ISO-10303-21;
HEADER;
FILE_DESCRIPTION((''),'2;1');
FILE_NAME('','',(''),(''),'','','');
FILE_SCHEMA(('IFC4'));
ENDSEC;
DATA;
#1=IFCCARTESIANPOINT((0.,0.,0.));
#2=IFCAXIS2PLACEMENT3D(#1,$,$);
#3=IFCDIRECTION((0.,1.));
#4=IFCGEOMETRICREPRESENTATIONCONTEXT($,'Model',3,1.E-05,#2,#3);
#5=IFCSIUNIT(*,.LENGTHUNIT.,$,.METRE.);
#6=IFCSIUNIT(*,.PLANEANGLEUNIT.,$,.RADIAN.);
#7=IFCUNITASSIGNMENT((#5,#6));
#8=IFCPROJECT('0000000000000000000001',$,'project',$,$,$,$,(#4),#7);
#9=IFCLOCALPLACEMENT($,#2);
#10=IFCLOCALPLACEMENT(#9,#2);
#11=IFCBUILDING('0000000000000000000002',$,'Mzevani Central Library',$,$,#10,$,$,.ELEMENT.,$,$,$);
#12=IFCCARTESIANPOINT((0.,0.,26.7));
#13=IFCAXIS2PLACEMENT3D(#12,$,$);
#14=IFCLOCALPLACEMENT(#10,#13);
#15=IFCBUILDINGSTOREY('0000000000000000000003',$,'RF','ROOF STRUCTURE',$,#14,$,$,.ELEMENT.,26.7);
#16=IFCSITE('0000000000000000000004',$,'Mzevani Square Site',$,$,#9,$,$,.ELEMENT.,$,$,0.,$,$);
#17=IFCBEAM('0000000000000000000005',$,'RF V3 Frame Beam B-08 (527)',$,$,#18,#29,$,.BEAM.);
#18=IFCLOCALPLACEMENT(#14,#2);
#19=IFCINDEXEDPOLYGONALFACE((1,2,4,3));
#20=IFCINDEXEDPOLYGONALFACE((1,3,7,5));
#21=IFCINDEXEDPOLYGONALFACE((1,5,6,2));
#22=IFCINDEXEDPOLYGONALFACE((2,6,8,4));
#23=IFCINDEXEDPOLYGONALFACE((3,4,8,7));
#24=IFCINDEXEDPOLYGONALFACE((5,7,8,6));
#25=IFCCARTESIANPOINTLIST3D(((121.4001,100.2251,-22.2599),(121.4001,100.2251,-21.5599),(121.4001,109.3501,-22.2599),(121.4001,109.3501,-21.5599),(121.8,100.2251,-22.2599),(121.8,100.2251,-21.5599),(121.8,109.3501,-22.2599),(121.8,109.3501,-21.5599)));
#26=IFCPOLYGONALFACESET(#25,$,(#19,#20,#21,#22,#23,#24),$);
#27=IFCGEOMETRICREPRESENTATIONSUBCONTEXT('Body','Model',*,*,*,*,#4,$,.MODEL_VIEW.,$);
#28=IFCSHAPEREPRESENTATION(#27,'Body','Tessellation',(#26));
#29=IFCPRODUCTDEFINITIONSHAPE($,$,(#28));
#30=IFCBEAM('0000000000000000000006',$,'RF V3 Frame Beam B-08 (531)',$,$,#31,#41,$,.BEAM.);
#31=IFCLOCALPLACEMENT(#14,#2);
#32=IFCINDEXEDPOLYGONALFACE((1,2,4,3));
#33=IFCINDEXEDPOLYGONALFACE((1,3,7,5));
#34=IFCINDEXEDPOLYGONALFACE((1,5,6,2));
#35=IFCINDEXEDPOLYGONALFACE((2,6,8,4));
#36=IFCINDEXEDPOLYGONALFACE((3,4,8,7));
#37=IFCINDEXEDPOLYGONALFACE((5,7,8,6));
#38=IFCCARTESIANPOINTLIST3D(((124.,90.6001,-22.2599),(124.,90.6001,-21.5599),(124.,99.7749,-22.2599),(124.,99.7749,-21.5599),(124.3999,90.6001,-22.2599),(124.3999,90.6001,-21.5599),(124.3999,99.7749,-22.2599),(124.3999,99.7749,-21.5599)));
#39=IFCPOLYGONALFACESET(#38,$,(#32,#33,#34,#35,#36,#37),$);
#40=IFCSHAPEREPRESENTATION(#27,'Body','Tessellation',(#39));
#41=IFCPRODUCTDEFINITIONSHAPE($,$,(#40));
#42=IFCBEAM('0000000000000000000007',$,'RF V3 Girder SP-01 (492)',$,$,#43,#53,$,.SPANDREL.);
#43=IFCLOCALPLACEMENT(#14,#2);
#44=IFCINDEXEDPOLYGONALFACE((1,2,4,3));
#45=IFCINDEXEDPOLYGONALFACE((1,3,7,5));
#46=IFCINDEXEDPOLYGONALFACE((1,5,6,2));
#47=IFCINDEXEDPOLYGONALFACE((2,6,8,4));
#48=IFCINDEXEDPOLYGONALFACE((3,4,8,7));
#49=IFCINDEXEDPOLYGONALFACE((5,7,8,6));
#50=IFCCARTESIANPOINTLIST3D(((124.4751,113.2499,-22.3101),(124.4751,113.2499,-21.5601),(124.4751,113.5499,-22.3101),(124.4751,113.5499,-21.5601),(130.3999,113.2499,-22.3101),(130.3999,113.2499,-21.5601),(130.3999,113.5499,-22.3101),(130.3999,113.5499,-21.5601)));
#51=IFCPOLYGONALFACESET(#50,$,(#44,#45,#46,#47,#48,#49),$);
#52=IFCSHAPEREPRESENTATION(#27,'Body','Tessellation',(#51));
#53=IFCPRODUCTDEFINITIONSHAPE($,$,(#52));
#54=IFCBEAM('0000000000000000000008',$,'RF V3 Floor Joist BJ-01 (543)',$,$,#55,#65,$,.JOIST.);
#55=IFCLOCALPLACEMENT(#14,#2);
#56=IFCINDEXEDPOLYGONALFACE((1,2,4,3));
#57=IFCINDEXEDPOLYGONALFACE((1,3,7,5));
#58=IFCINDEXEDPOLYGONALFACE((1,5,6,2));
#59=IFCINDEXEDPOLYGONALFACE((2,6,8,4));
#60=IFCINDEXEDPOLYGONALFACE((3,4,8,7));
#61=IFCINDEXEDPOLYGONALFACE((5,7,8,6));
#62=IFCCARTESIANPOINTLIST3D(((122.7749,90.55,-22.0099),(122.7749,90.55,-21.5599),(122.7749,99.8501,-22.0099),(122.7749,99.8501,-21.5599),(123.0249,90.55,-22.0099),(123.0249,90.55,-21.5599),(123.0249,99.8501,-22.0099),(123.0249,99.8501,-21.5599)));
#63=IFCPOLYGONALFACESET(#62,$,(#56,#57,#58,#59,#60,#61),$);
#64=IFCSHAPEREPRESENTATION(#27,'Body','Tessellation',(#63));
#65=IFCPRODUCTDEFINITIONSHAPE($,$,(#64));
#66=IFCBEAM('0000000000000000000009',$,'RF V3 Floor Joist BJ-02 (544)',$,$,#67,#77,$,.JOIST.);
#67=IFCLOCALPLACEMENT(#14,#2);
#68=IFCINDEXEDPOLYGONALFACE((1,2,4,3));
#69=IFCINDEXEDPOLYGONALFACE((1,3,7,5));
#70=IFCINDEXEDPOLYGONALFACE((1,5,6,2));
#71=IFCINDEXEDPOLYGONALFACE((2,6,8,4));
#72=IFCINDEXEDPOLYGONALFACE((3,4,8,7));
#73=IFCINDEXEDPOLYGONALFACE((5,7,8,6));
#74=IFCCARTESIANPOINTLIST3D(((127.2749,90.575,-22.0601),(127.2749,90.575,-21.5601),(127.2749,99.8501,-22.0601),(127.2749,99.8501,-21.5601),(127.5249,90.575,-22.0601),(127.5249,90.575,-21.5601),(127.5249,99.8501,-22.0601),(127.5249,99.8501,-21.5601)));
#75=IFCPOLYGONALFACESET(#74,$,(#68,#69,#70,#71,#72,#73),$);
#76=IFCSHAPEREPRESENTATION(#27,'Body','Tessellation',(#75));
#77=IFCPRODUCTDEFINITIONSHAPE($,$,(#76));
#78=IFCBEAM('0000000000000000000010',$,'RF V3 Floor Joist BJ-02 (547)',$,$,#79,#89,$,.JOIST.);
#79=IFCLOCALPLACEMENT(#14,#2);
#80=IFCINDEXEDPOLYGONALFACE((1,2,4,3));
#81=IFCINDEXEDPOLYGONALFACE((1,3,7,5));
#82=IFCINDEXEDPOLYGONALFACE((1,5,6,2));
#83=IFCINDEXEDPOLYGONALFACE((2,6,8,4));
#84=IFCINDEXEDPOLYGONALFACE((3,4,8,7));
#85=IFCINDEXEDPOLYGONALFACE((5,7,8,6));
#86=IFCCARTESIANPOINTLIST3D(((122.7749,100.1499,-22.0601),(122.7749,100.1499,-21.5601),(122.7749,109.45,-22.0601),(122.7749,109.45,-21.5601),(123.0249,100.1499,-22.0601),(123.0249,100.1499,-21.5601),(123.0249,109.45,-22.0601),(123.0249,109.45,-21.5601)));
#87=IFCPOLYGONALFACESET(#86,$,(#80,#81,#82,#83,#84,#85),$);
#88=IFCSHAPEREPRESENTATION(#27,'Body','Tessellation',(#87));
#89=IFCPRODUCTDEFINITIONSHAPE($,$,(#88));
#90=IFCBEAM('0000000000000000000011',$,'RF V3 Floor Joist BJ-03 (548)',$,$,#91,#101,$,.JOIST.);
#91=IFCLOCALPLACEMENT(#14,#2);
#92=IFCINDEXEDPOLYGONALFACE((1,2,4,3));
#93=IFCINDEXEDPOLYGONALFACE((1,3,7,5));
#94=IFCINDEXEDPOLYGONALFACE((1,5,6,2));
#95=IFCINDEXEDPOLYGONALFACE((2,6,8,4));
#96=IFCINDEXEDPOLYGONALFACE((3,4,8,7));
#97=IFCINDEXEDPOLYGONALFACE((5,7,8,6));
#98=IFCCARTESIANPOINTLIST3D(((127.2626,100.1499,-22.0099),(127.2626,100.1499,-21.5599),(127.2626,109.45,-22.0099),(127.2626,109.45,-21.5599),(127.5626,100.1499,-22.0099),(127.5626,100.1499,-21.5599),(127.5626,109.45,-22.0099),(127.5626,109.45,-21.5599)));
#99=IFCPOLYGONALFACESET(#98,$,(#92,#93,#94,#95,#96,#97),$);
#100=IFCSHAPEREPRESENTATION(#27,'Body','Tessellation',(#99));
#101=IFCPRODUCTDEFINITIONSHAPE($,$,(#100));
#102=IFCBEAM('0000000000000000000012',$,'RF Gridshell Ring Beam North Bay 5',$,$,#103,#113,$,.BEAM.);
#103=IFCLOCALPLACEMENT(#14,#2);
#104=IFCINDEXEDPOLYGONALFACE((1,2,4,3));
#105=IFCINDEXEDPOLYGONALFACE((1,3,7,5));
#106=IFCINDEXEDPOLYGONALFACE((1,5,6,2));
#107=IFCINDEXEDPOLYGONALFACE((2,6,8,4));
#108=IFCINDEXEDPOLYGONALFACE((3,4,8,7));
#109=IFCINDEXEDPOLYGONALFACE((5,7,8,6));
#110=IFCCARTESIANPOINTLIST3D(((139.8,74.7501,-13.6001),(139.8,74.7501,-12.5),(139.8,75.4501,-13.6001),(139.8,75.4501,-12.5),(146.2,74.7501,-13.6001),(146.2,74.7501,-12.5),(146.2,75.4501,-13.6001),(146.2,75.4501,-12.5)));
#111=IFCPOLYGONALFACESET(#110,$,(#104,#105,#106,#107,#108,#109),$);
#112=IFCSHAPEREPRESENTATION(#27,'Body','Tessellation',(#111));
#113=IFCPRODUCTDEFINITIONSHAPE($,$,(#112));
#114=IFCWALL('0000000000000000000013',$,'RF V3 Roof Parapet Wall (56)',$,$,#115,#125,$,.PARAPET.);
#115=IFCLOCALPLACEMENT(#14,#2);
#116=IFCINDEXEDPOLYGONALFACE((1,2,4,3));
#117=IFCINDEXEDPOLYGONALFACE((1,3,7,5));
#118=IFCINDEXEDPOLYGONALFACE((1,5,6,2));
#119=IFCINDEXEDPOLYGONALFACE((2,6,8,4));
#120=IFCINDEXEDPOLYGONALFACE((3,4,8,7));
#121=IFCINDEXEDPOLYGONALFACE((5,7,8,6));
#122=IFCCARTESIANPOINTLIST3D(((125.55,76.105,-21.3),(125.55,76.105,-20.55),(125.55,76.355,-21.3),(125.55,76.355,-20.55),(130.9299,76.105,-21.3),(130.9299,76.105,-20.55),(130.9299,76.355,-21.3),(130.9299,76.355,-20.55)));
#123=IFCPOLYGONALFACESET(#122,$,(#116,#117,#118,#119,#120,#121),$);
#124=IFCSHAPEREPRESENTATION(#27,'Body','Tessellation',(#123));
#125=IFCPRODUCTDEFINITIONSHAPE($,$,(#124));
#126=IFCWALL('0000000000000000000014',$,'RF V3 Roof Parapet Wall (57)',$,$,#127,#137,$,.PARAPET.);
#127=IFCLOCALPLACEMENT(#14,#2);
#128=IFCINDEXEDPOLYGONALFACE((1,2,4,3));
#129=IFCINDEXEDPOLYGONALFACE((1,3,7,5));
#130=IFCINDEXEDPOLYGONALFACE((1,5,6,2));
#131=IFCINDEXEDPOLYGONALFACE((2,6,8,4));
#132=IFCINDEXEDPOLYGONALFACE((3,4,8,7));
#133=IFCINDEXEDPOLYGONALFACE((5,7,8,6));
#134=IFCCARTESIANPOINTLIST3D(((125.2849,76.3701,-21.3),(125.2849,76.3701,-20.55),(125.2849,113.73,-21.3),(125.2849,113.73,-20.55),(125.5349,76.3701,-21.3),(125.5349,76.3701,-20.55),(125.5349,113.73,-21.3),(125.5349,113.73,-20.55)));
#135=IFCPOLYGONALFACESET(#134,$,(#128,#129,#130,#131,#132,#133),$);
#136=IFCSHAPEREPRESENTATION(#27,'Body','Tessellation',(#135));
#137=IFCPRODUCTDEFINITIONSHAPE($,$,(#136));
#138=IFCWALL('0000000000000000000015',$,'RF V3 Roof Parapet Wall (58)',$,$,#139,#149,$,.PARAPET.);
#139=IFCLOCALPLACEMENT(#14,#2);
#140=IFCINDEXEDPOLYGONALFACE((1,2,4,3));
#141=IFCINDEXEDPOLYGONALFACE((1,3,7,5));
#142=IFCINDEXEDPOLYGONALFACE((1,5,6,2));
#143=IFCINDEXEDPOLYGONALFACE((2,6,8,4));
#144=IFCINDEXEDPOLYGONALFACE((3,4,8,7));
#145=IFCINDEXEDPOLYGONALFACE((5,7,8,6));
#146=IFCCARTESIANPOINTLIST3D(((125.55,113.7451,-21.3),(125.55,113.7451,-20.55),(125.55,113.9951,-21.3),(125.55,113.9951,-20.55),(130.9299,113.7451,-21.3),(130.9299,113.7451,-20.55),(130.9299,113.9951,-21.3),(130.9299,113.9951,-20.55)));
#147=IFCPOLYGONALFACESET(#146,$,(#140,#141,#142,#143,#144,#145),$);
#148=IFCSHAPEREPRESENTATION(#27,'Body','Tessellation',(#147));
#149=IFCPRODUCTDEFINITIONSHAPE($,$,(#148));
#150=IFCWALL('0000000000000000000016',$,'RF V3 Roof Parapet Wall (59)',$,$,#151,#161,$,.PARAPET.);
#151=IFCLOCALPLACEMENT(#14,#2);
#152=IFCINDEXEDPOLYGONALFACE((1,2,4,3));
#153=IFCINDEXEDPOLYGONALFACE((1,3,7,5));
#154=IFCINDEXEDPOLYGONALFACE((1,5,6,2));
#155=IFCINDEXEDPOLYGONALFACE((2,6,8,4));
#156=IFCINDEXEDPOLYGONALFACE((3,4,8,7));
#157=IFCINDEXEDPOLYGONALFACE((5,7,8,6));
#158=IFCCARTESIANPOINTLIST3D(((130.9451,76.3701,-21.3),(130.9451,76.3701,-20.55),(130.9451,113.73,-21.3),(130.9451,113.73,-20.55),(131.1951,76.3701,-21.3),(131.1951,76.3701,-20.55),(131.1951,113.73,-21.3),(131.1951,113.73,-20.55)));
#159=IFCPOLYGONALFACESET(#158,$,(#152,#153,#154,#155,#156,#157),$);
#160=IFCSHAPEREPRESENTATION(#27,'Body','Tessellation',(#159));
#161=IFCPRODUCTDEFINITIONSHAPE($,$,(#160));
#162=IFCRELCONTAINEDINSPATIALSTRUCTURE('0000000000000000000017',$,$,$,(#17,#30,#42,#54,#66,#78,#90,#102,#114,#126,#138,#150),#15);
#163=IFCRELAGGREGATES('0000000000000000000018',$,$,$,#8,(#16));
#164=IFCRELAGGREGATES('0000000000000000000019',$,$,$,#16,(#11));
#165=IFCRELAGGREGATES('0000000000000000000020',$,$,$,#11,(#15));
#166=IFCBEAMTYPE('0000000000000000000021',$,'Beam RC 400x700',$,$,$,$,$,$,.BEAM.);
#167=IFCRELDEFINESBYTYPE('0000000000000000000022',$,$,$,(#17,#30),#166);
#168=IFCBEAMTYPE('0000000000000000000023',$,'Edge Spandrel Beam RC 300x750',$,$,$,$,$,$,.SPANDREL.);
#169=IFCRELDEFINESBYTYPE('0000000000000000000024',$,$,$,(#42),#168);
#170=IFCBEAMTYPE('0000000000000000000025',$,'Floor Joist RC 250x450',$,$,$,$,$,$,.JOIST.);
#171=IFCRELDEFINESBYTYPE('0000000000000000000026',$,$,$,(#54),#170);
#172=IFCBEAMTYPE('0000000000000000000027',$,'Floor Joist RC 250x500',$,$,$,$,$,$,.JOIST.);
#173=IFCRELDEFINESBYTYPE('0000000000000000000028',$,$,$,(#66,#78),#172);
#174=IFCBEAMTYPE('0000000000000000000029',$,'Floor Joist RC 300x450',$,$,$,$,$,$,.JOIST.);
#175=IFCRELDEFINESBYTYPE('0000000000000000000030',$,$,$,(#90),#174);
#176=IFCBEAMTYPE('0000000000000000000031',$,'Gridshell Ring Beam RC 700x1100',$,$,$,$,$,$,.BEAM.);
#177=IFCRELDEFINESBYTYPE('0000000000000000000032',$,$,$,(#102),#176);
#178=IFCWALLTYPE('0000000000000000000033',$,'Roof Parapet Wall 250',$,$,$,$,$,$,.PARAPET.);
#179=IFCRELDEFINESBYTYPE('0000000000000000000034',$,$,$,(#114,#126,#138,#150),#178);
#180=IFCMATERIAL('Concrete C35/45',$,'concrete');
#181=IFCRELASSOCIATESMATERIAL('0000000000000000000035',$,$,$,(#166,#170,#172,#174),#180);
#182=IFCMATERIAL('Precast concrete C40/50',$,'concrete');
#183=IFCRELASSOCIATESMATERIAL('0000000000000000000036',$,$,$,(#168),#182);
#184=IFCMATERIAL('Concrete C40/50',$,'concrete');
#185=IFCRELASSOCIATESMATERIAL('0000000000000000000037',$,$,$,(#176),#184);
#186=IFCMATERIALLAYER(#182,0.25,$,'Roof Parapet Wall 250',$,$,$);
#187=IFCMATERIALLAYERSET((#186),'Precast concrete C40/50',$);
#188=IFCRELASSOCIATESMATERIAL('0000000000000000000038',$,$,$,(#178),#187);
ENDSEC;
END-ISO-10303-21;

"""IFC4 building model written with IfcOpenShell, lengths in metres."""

from ifc_helpers import new_model, si_unit, direction, frame, frame_2d, origin, origin_2d, place, context, subcontext, project, spatial, rectangle, extrude, material, layer, layer_set, material_profile, profile_set, type_object, element, save


model = new_model("IFC4")

# Units and contexts
model_context = context("Model", 3, precision=1e-05, world=origin(), true_north=direction((0.0, 1.0)))
body_context = subcontext(model_context, "Body", "Model", "MODEL_VIEW")
ifc_project = project(units=[si_unit("LENGTHUNIT", "METRE"), si_unit("PLANEANGLEUNIT", "RADIAN")], contexts=[model_context])

# Site, building, storey
site_placement = place(None, origin())
site = spatial("IfcSite", under=ifc_project, at=site_placement, Name="Mzevani Square Site", CompositionType="ELEMENT", RefElevation=0.0)
building_placement = place(site_placement, origin())
building = spatial("IfcBuilding", under=site, at=building_placement, Name="Mzevani Central Library", CompositionType="ELEMENT")
storey_placement = place(building_placement, frame((0.0, 0.0, 26.7)))
storey = spatial("IfcBuildingStorey", under=building, at=storey_placement, Name="RF", Description="ROOF STRUCTURE", CompositionType="ELEMENT", Elevation=26.7)

# Beams
ifc_material_1 = material(Name="Concrete C35/45", Category="concrete")
ifc_material_profile_1 = material_profile(ifc_material_1, rectangle(XDim=0.3999, YDim=0.7, at=origin_2d()), Name="RC B400x700")
ifc_profile_set_1 = profile_set([ifc_material_profile_1], Name="Concrete C35/45")
beam_type_1 = type_object("IfcBeamType", Name="Beam RC 400x700", PredefinedType="BEAM", material=ifc_profile_set_1)
beam_1_placement = place(storey_placement, frame((121.6001, 100.2251, -21.9099), z_axis=(0.0, 1.0, 0.0), x_axis=(-1.0, 0.0, 0.0)))
element("IfcBeam", 1, at=beam_1_placement, inside=storey, type_object=beam_type_1, Name="RF V3 Frame Beam B-08 (527)", PredefinedType="BEAM", context=body_context, shape_type="SweptSolid", body=[
    extrude(rectangle(XDim=0.3999, YDim=0.7, at=origin_2d()), origin(), (0.0, 0.0, 1.0), 9.125),
])
beam_2_placement = place(storey_placement, frame((124.2, 90.6001, -21.9099), z_axis=(0.0, 1.0, 0.0), x_axis=(-1.0, 0.0, 0.0)))
element("IfcBeam", 2, at=beam_2_placement, inside=storey, type_object=beam_type_1, Name="RF V3 Frame Beam B-08 (531)", PredefinedType="BEAM", context=body_context, shape_type="SweptSolid", body=[
    extrude(rectangle(XDim=0.3999, YDim=0.7, at=origin_2d()), origin(), (0.0, 0.0, 1.0), 9.1748),
])
ifc_material_2 = material(Name="Precast concrete C40/50", Category="concrete")
ifc_material_profile_2 = material_profile(ifc_material_2, rectangle(XDim=0.3, YDim=0.75, at=origin_2d()), Name="RC SP300x750")
ifc_profile_set_2 = profile_set([ifc_material_profile_2], Name="Precast concrete C40/50")
beam_type_2 = type_object("IfcBeamType", Name="Edge Spandrel Beam RC 300x750", PredefinedType="SPANDREL", material=ifc_profile_set_2)
beam_3_placement = place(storey_placement, frame((124.4751, 113.3999, -21.9351), z_axis=(1.0, 0.0, 0.0), x_axis=(0.0, 1.0, 0.0)))
element("IfcBeam", 3, at=beam_3_placement, inside=storey, type_object=beam_type_2, Name="RF V3 Girder SP-01 (492)", PredefinedType="SPANDREL", context=body_context, shape_type="SweptSolid", body=[
    extrude(rectangle(XDim=0.3, YDim=0.75, at=origin_2d()), origin(), (0.0, 0.0, 1.0), 5.9248),
])
ifc_material_profile_3 = material_profile(ifc_material_1, rectangle(XDim=0.25, YDim=0.45, at=origin_2d()), Name="RC J250x450")
ifc_profile_set_3 = profile_set([ifc_material_profile_3], Name="Concrete C35/45")
beam_type_3 = type_object("IfcBeamType", Name="Floor Joist RC 250x450", PredefinedType="JOIST", material=ifc_profile_set_3)
beam_4_placement = place(storey_placement, frame((122.8999, 90.55, -21.7849), z_axis=(0.0, 1.0, 0.0), x_axis=(-1.0, 0.0, 0.0)))
element("IfcBeam", 4, at=beam_4_placement, inside=storey, type_object=beam_type_3, Name="RF V3 Floor Joist BJ-01 (543)", PredefinedType="JOIST", context=body_context, shape_type="SweptSolid", body=[
    extrude(rectangle(XDim=0.25, YDim=0.45, at=origin_2d()), origin(), (0.0, 0.0, 1.0), 9.3),
])
ifc_material_profile_4 = material_profile(ifc_material_1, rectangle(XDim=0.25, YDim=0.5, at=origin_2d()), Name="RC J250x500")
ifc_profile_set_4 = profile_set([ifc_material_profile_4], Name="Concrete C35/45")
beam_type_4 = type_object("IfcBeamType", Name="Floor Joist RC 250x500", PredefinedType="JOIST", material=ifc_profile_set_4)
beam_5_placement = place(storey_placement, frame((127.3999, 90.575, -21.8101), z_axis=(0.0, 1.0, 0.0), x_axis=(-1.0, 0.0, 0.0)))
element("IfcBeam", 5, at=beam_5_placement, inside=storey, type_object=beam_type_4, Name="RF V3 Floor Joist BJ-02 (544)", PredefinedType="JOIST", context=body_context, shape_type="SweptSolid", body=[
    extrude(rectangle(XDim=0.25, YDim=0.5, at=origin_2d()), origin(), (0.0, 0.0, 1.0), 9.2751),
])
beam_6_placement = place(storey_placement, frame((122.8999, 100.1499, -21.8101), z_axis=(0.0, 1.0, 0.0), x_axis=(-1.0, 0.0, 0.0)))
element("IfcBeam", 6, at=beam_6_placement, inside=storey, type_object=beam_type_4, Name="RF V3 Floor Joist BJ-02 (547)", PredefinedType="JOIST", context=body_context, shape_type="SweptSolid", body=[
    extrude(rectangle(XDim=0.25, YDim=0.5, at=origin_2d()), origin(), (0.0, 0.0, 1.0), 9.3),
])
ifc_material_profile_5 = material_profile(ifc_material_1, rectangle(XDim=0.3, YDim=0.45, at=origin_2d()), Name="RC J300x450")
ifc_profile_set_5 = profile_set([ifc_material_profile_5], Name="Concrete C35/45")
beam_type_5 = type_object("IfcBeamType", Name="Floor Joist RC 300x450", PredefinedType="JOIST", material=ifc_profile_set_5)
beam_7_placement = place(storey_placement, frame((127.4126, 100.1499, -21.7849), z_axis=(0.0, 1.0, 0.0), x_axis=(-1.0, 0.0, 0.0)))
element("IfcBeam", 7, at=beam_7_placement, inside=storey, type_object=beam_type_5, Name="RF V3 Floor Joist BJ-03 (548)", PredefinedType="JOIST", context=body_context, shape_type="SweptSolid", body=[
    extrude(rectangle(XDim=0.3, YDim=0.45, at=origin_2d()), origin(), (0.0, 0.0, 1.0), 9.3),
])
ifc_material_3 = material(Name="Concrete C40/50", Category="concrete")
ifc_material_profile_6 = material_profile(ifc_material_3, rectangle(XDim=0.7, YDim=1.1001, at=origin_2d()), Name="RC RB700x1100")
ifc_profile_set_6 = profile_set([ifc_material_profile_6], Name="Concrete C40/50")
beam_type_6 = type_object("IfcBeamType", Name="Gridshell Ring Beam RC 700x1100", PredefinedType="BEAM", material=ifc_profile_set_6)
beam_8_placement = place(storey_placement, frame((139.8, 75.1001, -13.05), z_axis=(1.0, 0.0, 0.0), x_axis=(0.0, 1.0, 0.0)))
element("IfcBeam", 8, at=beam_8_placement, inside=storey, type_object=beam_type_6, Name="RF Gridshell Ring Beam North Bay 5", PredefinedType="BEAM", context=body_context, shape_type="SweptSolid", body=[
    extrude(rectangle(XDim=0.7, YDim=1.1001, at=origin_2d()), origin(), (0.0, 0.0, 1.0), 6.3999),
])

# Walls
ifc_layer = layer(ifc_material_2, 0.25, Name="Roof Parapet Wall 250")
ifc_layer_set = layer_set([ifc_layer], Name="Precast concrete C40/50")
wall_type = type_object("IfcWallType", Name="Roof Parapet Wall 250", PredefinedType="PARAPET", material=ifc_layer_set)
wall_1_placement = place(storey_placement, frame((130.9299, 76.23, -21.3), z_axis=(0.0, 0.0, 1.0), x_axis=(-1.0, 0.0, 0.0)))
element("IfcWall", 9, at=wall_1_placement, inside=storey, type_object=wall_type, Name="RF V3 Roof Parapet Wall (56)", PredefinedType="PARAPET", context=body_context, shape_type="SweptSolid", body=[
    extrude(rectangle(XDim=5.3799, YDim=0.25, at=frame_2d((2.6899, 0.0))), origin(), (0.0, 0.0, 1.0), 0.75),
])
wall_2_placement = place(storey_placement, frame((125.4099, 76.3701, -21.3), z_axis=(0.0, 0.0, 1.0), x_axis=(0.0, 1.0, 0.0)))
element("IfcWall", 10, at=wall_2_placement, inside=storey, type_object=wall_type, Name="RF V3 Roof Parapet Wall (57)", PredefinedType="PARAPET", context=body_context, shape_type="SweptSolid", body=[
    extrude(rectangle(XDim=37.3599, YDim=0.25, at=frame_2d((18.6799, 0.0))), origin(), (0.0, 0.0, 1.0), 0.75),
])
wall_3_placement = place(storey_placement, frame((125.55, 113.8701, -21.3), z_axis=(0.0, 0.0, 1.0), x_axis=(1.0, 0.0, 0.0)))
element("IfcWall", 11, at=wall_3_placement, inside=storey, type_object=wall_type, Name="RF V3 Roof Parapet Wall (58)", PredefinedType="PARAPET", context=body_context, shape_type="SweptSolid", body=[
    extrude(rectangle(XDim=5.3799, YDim=0.25, at=frame_2d((2.6899, 0.0))), origin(), (0.0, 0.0, 1.0), 0.75),
])
wall_4_placement = place(storey_placement, frame((131.0701, 113.73, -21.3), z_axis=(0.0, 0.0, 1.0), x_axis=(0.0, -1.0, 0.0)))
element("IfcWall", 12, at=wall_4_placement, inside=storey, type_object=wall_type, Name="RF V3 Roof Parapet Wall (59)", PredefinedType="PARAPET", context=body_context, shape_type="SweptSolid", body=[
    extrude(rectangle(XDim=37.3599, YDim=0.25, at=frame_2d((18.6799, 0.0))), origin(), (0.0, 0.0, 1.0), 0.75),
])

save(model, "model.ifc")
